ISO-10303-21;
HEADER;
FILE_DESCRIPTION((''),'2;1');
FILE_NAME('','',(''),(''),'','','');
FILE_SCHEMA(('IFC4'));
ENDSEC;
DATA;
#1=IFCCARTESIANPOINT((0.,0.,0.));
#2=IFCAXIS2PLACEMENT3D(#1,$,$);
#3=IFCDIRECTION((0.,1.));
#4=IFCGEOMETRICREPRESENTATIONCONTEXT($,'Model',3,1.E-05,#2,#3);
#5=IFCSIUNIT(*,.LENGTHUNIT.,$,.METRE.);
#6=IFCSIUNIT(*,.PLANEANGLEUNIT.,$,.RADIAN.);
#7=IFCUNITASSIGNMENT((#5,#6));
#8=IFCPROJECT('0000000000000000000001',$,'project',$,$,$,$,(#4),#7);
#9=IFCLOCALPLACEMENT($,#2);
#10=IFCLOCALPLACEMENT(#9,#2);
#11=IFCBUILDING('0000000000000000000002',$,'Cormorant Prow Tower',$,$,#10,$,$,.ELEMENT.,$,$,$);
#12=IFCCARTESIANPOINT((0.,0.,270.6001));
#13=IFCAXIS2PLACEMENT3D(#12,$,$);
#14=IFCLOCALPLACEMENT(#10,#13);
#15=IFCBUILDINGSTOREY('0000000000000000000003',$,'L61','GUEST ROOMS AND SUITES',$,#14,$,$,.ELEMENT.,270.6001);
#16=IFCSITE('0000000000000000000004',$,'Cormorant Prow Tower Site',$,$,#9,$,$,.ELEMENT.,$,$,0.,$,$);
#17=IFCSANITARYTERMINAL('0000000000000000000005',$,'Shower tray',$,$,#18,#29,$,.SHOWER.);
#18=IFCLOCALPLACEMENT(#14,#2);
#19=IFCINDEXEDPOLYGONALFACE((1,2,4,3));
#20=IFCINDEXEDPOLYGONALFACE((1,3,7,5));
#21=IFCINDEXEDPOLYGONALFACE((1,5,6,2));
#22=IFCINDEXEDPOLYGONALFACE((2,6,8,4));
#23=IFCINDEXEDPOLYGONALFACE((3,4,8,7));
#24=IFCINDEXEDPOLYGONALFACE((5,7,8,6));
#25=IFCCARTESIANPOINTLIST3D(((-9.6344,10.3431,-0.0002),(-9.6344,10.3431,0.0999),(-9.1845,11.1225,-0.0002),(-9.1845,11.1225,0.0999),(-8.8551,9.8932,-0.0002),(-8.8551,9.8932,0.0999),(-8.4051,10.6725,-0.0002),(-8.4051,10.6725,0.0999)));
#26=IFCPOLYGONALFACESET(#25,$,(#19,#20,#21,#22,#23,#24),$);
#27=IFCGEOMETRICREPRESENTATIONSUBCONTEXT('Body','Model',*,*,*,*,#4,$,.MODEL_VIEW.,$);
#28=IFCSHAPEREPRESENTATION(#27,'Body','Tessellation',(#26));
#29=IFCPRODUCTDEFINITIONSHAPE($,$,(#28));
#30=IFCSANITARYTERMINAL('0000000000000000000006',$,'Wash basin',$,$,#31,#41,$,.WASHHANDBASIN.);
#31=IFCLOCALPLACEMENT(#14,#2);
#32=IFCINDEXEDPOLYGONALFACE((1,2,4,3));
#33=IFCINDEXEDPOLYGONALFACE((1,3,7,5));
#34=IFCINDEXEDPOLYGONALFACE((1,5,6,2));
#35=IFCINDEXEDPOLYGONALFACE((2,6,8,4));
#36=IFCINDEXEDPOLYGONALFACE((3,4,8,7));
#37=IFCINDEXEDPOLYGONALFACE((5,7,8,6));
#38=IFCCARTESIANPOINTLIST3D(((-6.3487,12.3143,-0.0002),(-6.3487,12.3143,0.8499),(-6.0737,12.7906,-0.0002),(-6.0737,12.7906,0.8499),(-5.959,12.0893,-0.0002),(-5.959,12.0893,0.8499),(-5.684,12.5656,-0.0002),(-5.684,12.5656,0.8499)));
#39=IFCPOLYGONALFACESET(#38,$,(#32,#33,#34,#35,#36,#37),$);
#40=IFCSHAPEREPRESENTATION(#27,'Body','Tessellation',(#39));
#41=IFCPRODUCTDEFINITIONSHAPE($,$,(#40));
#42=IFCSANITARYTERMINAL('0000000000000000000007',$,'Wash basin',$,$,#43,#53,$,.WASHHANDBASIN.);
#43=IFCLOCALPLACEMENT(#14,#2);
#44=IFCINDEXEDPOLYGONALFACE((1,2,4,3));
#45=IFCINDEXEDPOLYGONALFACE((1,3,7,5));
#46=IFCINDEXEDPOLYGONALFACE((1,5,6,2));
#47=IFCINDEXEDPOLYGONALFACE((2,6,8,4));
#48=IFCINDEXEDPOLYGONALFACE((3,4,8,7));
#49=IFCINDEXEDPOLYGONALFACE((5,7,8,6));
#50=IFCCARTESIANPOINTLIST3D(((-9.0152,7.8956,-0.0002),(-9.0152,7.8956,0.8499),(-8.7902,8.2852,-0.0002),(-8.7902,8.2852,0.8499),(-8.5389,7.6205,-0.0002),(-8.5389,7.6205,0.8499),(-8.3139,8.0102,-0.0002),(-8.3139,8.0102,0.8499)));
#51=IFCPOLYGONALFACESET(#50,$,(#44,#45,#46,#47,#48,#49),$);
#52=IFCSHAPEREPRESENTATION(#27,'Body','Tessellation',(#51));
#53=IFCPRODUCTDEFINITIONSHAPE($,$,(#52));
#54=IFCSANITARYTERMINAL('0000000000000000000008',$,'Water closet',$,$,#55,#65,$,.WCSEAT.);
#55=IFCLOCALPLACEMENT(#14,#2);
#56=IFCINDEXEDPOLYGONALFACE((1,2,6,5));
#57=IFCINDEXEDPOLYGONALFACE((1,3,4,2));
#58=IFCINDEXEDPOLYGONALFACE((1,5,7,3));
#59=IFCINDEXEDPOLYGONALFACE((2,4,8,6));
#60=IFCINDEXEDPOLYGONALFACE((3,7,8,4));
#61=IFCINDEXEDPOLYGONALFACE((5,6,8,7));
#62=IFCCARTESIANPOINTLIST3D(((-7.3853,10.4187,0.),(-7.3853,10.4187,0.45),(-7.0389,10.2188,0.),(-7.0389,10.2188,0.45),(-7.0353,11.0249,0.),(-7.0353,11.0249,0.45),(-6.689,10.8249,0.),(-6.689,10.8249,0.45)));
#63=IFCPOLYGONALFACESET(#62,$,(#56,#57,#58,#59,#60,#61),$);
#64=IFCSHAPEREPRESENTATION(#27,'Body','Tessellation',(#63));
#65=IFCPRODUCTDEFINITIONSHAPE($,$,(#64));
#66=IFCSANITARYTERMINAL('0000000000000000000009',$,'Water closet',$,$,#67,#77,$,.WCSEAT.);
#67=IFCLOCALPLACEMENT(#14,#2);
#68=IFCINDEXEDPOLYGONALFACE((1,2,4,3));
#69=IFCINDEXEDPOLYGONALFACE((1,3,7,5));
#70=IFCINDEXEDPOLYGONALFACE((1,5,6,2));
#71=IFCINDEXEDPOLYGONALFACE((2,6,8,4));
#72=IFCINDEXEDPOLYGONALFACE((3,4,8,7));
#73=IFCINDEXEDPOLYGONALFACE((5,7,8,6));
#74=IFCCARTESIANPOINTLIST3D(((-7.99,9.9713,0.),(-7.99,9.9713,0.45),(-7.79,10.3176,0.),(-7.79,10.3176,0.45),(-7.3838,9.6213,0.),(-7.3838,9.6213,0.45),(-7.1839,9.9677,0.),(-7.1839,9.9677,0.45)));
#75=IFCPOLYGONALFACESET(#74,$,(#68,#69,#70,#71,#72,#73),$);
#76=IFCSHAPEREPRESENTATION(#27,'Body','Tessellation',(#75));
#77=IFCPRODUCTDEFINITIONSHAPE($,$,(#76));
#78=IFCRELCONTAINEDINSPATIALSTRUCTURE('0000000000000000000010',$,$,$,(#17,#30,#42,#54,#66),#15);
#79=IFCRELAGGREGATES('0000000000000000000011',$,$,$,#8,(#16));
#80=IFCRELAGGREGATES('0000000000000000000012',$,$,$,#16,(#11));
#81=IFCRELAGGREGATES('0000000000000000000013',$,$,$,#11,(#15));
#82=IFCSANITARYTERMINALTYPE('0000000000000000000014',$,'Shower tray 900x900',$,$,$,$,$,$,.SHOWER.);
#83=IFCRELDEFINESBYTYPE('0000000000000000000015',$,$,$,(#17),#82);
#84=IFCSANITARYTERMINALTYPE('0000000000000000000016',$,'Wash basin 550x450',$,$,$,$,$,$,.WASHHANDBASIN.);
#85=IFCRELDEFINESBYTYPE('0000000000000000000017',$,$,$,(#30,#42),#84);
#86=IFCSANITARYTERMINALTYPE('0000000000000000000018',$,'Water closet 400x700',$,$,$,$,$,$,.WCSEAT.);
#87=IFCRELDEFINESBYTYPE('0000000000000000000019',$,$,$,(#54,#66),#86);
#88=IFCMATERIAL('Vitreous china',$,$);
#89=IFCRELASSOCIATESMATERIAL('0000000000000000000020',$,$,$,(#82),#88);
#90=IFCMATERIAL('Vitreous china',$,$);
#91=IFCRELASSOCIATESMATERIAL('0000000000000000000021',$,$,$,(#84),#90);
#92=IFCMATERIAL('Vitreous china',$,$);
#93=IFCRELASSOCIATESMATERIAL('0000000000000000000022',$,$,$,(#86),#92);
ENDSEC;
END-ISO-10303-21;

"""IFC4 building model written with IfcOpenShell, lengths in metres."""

from ifc_helpers import new_model, si_unit, direction, frame, origin, origin_2d, place, context, subcontext, project, spatial, rectangle, extrude, material, type_object, element, save


model = new_model("IFC4")

# Units and contexts
model_context = context("Model", 3, precision=1e-05, world=origin(), true_north=direction((0.0, 1.0)))
body_context = subcontext(model_context, "Body", "Model", "MODEL_VIEW")
ifc_project = project(units=[si_unit("LENGTHUNIT", "METRE"), si_unit("PLANEANGLEUNIT", "RADIAN")], contexts=[model_context])

# Site, building, storey
site_placement = place(None, origin())
site = spatial("IfcSite", under=ifc_project, at=site_placement, Name="Cormorant Prow Tower Site", CompositionType="ELEMENT", RefElevation=0.0)
building_placement = place(site_placement, origin())
building = spatial("IfcBuilding", under=site, at=building_placement, Name="Cormorant Prow Tower", CompositionType="ELEMENT")
storey_placement = place(building_placement, frame((0.0, 0.0, 270.6001)))
storey = spatial("IfcBuildingStorey", under=building, at=storey_placement, Name="L61", Description="GUEST ROOMS AND SUITES", CompositionType="ELEMENT", Elevation=270.6001)

# Sanitary terminals
ifc_material_1 = material(Name="Vitreous china")
sanitary_terminal_type_1 = type_object("IfcSanitaryTerminalType", Name="Shower tray 900x900", PredefinedType="SHOWER", material=ifc_material_1)
for number, where, z_axis, x_axis, name in (
    (1, (-9.0198, 10.5078, -0.0002), (0.0, 0.0, 1.0), (0.866025, -0.5, 0.0), "Shower tray"),
):
    element("IfcSanitaryTerminal", number, at=place(storey_placement, frame(where, z_axis=z_axis, x_axis=x_axis)), inside=storey, type_object=sanitary_terminal_type_1, Name=name, PredefinedType="SHOWER", context=body_context, shape_type="SweptSolid", body=[
        extrude(rectangle(XDim=0.8999, YDim=0.8999, at=origin_2d()), origin(), (0.0, 0.0, 1.0), 0.1001),
    ])
ifc_material_2 = material(Name="Vitreous china")
sanitary_terminal_type_2 = type_object("IfcSanitaryTerminalType", Name="Wash basin 550x450", PredefinedType="WASHHANDBASIN", material=ifc_material_2)
for number, where, z_axis, x_axis, name in (
    (2, (-6.0164, 12.4399, -0.0002), (0.0, 0.0, 1.0), (-0.5, -0.866025, 0.0), "Wash basin"),
    (3, (-8.6646, 7.9529, -0.0002), (0.0, 0.0, 1.0), (-0.866025, 0.5, 0.0), "Wash basin"),
):
    element("IfcSanitaryTerminal", number, at=place(storey_placement, frame(where, z_axis=z_axis, x_axis=x_axis)), inside=storey, type_object=sanitary_terminal_type_2, Name=name, PredefinedType="WASHHANDBASIN", context=body_context, shape_type="SweptSolid", body=[
        extrude(rectangle(XDim=0.55, YDim=0.45, at=origin_2d()), origin(), (0.0, 0.0, 1.0), 0.8501),
    ])
ifc_material_3 = material(Name="Vitreous china")
sanitary_terminal_type_3 = type_object("IfcSanitaryTerminalType", Name="Water closet 400x700", PredefinedType="WCSEAT", material=ifc_material_3)
for number, where, z_axis, x_axis, name in (
    (4, (-7.0371, 10.6218, 0.0), (0.0, 0.0, 1.0), (-0.866025, 0.5, 0.0), "Water closet"),
    (5, (-7.5869, 9.9695, 0.0), (0.0, 0.0, 1.0), (-0.5, -0.866025, 0.0), "Water closet"),
):
    element("IfcSanitaryTerminal", number, at=place(storey_placement, frame(where, z_axis=z_axis, x_axis=x_axis)), inside=storey, type_object=sanitary_terminal_type_3, Name=name, PredefinedType="WCSEAT", context=body_context, shape_type="SweptSolid", body=[
        extrude(rectangle(XDim=0.3999, YDim=0.7, at=origin_2d()), origin(), (0.0, 0.0, 1.0), 0.45),
    ])

save(model, "model.ifc")
